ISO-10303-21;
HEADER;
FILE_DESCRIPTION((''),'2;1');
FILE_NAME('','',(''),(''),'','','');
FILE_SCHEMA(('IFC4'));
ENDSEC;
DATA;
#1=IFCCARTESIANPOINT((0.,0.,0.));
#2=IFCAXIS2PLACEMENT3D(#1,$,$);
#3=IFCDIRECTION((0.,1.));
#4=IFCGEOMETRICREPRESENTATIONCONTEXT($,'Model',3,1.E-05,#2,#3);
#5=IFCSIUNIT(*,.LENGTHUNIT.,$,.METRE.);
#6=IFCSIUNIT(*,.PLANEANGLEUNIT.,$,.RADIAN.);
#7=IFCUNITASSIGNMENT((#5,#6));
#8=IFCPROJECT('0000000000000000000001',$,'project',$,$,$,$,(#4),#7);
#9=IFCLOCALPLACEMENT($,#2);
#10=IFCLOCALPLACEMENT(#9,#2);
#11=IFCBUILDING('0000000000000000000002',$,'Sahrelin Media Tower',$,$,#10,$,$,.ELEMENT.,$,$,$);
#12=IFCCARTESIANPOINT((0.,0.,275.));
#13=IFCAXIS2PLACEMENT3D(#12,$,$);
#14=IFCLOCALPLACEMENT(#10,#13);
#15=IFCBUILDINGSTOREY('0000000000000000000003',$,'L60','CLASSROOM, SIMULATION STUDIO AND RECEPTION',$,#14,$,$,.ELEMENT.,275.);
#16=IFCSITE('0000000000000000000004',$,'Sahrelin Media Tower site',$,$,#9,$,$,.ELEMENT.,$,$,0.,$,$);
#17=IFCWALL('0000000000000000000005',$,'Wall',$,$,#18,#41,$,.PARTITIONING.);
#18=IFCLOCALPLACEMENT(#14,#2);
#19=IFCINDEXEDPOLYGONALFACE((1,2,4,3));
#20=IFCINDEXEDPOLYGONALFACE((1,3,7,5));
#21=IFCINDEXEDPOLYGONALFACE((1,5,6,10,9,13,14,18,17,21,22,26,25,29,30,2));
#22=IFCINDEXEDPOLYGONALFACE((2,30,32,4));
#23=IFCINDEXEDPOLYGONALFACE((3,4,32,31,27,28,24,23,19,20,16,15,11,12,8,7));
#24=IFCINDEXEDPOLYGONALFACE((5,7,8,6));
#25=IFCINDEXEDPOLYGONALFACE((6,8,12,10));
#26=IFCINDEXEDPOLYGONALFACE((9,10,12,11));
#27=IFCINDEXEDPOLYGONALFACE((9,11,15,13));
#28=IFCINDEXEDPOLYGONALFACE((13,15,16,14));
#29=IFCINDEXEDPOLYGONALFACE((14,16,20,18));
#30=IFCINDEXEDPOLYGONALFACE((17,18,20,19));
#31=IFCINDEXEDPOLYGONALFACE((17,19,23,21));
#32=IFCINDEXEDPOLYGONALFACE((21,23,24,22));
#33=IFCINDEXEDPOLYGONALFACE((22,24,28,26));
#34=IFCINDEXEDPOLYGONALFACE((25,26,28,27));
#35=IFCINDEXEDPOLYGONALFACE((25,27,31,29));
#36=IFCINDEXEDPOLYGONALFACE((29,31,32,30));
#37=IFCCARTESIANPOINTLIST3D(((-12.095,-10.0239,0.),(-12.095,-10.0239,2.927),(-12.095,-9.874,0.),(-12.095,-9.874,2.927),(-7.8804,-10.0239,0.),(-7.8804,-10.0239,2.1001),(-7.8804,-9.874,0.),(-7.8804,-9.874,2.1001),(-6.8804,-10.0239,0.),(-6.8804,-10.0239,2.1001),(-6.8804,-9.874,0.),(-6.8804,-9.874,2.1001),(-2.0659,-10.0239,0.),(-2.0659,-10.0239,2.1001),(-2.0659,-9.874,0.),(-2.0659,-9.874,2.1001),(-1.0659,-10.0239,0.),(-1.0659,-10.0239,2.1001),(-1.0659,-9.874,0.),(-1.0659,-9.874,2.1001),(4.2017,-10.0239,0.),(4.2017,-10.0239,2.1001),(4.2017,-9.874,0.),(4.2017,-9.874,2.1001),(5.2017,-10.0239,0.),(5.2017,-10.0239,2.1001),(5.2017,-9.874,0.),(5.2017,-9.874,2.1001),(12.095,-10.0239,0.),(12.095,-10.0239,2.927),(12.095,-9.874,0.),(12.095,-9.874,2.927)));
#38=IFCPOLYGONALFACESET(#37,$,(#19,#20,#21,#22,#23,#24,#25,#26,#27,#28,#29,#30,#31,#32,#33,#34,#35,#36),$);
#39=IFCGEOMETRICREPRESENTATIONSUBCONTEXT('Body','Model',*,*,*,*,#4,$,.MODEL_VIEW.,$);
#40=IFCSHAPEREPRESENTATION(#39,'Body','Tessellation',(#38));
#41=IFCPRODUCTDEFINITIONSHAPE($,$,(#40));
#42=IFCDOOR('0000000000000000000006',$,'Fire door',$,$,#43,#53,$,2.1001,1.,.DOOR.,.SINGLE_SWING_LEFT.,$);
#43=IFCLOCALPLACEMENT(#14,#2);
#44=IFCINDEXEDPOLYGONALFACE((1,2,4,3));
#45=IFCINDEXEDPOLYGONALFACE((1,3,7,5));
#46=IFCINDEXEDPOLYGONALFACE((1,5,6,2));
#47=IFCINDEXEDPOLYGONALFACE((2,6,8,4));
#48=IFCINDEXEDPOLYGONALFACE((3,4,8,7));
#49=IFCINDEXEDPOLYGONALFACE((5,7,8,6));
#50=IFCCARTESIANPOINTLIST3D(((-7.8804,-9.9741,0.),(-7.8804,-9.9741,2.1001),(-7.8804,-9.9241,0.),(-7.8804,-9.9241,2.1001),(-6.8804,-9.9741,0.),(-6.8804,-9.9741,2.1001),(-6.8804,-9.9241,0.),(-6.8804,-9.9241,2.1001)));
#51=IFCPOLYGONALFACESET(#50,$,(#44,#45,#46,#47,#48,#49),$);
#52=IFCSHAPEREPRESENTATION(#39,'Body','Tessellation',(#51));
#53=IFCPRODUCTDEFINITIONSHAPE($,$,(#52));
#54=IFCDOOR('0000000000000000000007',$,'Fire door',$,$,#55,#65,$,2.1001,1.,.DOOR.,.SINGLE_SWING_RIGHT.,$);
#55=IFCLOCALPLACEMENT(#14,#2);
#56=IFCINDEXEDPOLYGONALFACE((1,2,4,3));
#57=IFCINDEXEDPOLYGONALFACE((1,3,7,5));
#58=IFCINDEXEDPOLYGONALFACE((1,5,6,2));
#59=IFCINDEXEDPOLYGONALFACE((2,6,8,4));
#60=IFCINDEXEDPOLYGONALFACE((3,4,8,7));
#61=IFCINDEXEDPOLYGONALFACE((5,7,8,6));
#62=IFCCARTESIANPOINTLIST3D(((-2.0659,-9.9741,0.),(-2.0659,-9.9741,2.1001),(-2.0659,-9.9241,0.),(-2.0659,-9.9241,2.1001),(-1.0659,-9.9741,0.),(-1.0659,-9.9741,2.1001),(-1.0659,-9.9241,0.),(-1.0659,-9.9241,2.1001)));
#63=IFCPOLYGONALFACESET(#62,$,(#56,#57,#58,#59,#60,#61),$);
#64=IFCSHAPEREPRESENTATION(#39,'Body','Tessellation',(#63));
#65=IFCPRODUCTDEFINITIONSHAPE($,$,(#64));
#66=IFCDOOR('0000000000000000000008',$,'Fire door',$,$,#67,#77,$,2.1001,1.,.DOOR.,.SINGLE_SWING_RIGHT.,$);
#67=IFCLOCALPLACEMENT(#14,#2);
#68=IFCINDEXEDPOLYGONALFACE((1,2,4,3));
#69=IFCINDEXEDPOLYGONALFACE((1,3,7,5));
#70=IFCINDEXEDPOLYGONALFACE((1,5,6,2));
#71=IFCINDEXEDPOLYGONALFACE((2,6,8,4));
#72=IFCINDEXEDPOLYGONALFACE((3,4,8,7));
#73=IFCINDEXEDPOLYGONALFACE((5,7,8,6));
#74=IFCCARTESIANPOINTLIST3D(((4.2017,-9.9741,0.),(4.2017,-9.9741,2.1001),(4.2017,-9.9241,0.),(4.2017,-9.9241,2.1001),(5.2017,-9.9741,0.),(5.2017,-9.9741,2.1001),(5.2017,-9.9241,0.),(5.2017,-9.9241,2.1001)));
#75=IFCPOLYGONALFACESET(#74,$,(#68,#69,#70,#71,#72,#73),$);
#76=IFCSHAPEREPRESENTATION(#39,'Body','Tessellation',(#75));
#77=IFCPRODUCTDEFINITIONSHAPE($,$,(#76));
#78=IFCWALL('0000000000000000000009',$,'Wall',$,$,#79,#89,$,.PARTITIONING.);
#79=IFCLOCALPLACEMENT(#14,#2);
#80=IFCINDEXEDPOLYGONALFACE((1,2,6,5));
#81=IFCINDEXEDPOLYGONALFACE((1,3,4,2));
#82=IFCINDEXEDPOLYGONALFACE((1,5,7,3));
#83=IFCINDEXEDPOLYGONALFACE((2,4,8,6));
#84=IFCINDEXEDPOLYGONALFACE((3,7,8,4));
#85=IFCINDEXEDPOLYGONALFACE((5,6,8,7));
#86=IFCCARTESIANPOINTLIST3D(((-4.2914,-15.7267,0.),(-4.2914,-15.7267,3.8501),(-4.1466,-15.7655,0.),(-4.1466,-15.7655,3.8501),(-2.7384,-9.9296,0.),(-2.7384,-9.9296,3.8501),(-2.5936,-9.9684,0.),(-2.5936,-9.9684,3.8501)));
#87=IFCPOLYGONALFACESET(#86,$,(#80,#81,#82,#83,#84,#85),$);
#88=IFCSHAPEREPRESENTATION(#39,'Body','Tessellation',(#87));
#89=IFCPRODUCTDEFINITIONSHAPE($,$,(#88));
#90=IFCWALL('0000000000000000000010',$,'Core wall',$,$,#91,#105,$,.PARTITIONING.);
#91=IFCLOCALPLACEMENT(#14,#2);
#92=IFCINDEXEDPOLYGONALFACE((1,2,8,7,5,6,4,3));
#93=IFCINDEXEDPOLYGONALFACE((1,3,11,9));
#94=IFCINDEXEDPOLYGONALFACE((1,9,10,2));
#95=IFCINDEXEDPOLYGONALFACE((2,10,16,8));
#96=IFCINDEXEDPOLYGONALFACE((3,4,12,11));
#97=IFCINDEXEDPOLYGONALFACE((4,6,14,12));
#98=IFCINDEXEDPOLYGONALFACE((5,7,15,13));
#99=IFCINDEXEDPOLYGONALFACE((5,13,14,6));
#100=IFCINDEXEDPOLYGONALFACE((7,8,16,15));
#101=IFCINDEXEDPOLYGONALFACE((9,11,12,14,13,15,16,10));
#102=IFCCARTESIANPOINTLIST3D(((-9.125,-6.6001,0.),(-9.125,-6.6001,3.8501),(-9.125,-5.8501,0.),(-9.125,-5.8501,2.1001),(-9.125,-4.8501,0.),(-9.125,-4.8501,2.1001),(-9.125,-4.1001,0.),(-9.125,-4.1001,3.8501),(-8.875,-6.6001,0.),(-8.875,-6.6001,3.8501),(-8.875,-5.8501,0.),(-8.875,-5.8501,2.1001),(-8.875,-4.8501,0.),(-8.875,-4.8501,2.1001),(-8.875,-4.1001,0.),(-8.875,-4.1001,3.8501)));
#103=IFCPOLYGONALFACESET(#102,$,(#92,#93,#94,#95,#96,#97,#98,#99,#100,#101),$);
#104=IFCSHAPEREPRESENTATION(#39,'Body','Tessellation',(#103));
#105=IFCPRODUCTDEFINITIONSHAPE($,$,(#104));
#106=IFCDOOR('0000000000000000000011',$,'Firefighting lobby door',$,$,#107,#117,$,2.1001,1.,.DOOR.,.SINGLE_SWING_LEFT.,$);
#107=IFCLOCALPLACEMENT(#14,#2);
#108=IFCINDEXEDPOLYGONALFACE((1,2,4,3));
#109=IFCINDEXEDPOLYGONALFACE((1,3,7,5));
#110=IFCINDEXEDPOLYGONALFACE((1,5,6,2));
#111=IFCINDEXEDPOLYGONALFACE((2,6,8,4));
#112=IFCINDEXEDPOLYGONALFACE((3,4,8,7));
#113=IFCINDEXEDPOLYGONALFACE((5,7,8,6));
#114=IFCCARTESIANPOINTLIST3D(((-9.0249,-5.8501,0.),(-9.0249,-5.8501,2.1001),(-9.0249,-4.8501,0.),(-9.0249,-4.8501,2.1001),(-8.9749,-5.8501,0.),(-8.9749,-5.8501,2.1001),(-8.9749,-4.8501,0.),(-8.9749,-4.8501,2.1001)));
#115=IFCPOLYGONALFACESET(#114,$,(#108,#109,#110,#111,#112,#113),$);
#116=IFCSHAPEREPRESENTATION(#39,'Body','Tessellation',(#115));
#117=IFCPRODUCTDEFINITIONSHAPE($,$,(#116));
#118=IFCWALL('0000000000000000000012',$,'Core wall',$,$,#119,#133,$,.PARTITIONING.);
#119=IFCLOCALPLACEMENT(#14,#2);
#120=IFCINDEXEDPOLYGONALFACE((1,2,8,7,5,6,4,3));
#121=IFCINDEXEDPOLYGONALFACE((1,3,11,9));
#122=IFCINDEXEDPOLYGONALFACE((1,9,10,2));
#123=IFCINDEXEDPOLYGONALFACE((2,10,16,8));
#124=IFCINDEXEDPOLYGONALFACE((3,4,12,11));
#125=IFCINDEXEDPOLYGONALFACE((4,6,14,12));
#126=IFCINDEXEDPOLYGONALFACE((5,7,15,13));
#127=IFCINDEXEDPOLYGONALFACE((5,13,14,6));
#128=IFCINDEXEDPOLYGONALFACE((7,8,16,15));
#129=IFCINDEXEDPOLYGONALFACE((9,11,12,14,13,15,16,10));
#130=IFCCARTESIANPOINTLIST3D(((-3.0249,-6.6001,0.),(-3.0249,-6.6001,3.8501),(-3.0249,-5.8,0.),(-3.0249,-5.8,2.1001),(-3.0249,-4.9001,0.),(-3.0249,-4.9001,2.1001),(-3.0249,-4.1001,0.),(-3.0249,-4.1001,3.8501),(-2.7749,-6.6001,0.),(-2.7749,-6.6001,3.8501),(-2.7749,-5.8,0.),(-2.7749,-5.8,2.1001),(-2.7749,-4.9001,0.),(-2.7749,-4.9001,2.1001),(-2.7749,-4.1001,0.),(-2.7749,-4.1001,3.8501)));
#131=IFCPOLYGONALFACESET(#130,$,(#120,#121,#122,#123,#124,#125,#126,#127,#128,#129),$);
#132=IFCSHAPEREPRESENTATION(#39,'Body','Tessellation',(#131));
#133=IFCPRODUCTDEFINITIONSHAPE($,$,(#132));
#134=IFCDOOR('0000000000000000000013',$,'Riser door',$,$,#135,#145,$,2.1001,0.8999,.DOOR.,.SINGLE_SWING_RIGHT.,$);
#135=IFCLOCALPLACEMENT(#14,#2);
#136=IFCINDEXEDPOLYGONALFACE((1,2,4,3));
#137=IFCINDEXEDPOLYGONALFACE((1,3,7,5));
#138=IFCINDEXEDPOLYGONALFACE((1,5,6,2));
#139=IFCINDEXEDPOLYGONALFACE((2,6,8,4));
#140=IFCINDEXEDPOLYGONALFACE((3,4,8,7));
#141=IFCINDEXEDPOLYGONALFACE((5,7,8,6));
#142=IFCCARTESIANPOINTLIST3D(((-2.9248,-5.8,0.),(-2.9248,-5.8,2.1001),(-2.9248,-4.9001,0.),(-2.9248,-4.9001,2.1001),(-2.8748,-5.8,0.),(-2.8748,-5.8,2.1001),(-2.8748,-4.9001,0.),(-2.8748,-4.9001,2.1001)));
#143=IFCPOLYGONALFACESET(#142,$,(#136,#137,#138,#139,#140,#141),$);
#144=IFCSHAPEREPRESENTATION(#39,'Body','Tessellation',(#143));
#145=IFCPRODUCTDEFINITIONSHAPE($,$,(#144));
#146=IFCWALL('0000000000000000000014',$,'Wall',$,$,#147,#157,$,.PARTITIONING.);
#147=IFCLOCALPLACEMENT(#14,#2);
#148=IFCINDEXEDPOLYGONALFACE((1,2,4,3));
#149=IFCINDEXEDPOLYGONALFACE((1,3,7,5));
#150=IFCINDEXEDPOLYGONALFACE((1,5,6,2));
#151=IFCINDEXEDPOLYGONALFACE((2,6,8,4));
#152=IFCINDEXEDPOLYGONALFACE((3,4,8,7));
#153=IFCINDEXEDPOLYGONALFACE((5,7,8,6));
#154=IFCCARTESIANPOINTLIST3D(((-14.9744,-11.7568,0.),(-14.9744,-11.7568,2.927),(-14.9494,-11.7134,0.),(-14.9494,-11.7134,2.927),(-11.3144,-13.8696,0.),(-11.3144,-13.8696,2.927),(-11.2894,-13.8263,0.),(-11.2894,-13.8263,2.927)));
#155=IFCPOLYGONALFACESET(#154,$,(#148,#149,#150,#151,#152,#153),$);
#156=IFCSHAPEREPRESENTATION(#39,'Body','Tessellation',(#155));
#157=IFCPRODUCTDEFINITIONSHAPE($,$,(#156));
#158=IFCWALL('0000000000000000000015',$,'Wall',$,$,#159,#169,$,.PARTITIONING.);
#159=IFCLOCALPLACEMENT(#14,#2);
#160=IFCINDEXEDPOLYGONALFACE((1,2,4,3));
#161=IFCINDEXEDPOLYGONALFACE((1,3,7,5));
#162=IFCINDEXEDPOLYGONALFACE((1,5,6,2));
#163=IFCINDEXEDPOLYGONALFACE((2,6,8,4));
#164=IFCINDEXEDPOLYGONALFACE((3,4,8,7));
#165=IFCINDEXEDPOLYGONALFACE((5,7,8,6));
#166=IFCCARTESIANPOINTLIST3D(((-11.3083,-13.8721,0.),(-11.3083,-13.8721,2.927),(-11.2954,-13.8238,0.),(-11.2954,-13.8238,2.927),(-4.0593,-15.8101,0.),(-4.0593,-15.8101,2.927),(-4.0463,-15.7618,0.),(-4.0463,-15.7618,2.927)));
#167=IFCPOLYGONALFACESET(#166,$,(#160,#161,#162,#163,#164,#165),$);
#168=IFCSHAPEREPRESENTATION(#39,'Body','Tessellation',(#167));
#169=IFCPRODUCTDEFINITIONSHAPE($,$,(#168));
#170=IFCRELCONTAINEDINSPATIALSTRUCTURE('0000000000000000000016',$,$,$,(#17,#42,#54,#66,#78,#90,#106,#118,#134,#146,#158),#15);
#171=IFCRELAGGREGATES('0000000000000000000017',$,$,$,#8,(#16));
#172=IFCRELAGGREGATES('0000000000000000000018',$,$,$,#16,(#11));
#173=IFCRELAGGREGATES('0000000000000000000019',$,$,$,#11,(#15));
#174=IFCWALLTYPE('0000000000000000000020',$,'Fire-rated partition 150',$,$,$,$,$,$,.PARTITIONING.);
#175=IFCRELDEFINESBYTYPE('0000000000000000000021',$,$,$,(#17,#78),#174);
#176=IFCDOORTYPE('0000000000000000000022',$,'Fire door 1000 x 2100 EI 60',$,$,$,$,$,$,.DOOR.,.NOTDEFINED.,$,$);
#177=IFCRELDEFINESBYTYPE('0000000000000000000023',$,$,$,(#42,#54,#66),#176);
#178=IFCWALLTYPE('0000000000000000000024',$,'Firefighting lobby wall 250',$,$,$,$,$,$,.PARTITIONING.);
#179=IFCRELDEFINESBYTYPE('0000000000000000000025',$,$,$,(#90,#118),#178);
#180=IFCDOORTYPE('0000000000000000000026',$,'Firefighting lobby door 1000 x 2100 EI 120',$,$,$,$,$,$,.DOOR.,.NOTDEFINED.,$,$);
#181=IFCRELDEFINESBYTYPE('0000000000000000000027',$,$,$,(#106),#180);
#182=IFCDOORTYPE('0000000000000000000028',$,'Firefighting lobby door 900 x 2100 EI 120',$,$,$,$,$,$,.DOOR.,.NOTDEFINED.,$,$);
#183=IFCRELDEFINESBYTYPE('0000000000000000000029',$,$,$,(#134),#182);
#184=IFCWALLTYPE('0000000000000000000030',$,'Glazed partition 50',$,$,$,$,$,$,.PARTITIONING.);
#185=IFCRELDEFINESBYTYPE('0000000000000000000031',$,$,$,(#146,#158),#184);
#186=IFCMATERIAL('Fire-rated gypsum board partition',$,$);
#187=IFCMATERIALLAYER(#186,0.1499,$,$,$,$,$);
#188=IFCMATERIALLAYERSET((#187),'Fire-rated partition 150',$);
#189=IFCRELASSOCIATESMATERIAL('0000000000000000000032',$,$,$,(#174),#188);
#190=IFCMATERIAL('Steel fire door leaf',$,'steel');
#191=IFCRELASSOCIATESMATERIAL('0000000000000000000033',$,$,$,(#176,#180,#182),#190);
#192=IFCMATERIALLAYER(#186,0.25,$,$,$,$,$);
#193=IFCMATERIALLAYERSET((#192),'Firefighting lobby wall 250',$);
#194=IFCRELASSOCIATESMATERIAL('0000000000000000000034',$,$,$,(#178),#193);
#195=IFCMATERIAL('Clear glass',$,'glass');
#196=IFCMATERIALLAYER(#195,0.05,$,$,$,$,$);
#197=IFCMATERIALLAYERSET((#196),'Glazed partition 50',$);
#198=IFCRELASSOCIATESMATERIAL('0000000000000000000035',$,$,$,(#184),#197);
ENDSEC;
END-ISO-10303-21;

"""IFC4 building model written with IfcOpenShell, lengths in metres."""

from ifc_helpers import new_model, si_unit, direction, frame, frame_2d, origin, place, context, subcontext, project, spatial, rectangle, extrude, material, layer, layer_set, type_object, element, fill, save


model = new_model("IFC4")

# Units and contexts
model_context = context("Model", 3, precision=1e-05, world=origin(), true_north=direction((0.0, 1.0)))
body_context = subcontext(model_context, "Body", "Model", "MODEL_VIEW")
ifc_project = project(units=[si_unit("LENGTHUNIT", "METRE"), si_unit("PLANEANGLEUNIT", "RADIAN")], contexts=[model_context])

# Site, building, storey
site_placement = place(None, origin())
site = spatial("IfcSite", under=ifc_project, at=site_placement, Name="Sahrelin Media Tower site", CompositionType="ELEMENT", RefElevation=0.0)
building_placement = place(site_placement, origin())
building = spatial("IfcBuilding", under=site, at=building_placement, Name="Sahrelin Media Tower", CompositionType="ELEMENT")
storey_placement = place(building_placement, frame((0.0, 0.0, 275.0)))
storey = spatial("IfcBuildingStorey", under=building, at=storey_placement, Name="L60", Description="CLASSROOM, SIMULATION STUDIO AND RECEPTION", CompositionType="ELEMENT", Elevation=275.0)

# Wall, openings, doors
ifc_material_1 = material(Name="Fire-rated gypsum board partition")
ifc_layer_1 = layer(ifc_material_1, 0.1499)
ifc_layer_set_1 = layer_set([ifc_layer_1], Name="Fire-rated partition 150")
wall_type_1 = type_object("IfcWallType", Name="Fire-rated partition 150", PredefinedType="PARTITIONING", material=ifc_layer_set_1)
wall_1_placement = place(storey_placement, frame((-12.095, -9.949, 0.0), z_axis=(0.0, 0.0, 1.0), x_axis=(1.0, 0.0, 0.0)))
wall_1 = element("IfcWall", 1, at=wall_1_placement, inside=storey, type_object=wall_type_1, Name="Wall", PredefinedType="PARTITIONING", context=body_context, shape_type="SweptSolid", body=[
    extrude(rectangle(XDim=24.1899, YDim=0.1499, at=frame_2d((12.095, 0.0))), origin(), (0.0, 0.0, 1.0), 2.927),
])
opening_1_placement = place(wall_1_placement, frame((4.2146, 0.0, 0.0)))
opening_1 = element("IfcOpeningElement", 2, at=opening_1_placement, cuts=wall_1, PredefinedType="OPENING", context=body_context, shape_type="SweptSolid", body=[
    extrude(rectangle(XDim=1.0, YDim=2.1001, at=frame_2d((0.5, 1.05))), frame((0.0, 0.075, 0.0), z_axis=(0.0, -1.0, 0.0), x_axis=(1.0, 0.0, 0.0)), (0.0, 0.0, 1.0), 0.1499),
])
opening_2_placement = place(wall_1_placement, frame((10.0291, 0.0, 0.0)))
opening_2 = element("IfcOpeningElement", 3, at=opening_2_placement, cuts=wall_1, PredefinedType="OPENING", context=body_context, shape_type="SweptSolid", body=[
    extrude(rectangle(XDim=1.0, YDim=2.1001, at=frame_2d((0.5, 1.05))), frame((0.0, 0.075, 0.0), z_axis=(0.0, -1.0, 0.0), x_axis=(1.0, 0.0, 0.0)), (0.0, 0.0, 1.0), 0.1499),
])
opening_3_placement = place(wall_1_placement, frame((16.2966, 0.0, 0.0)))
opening_3 = element("IfcOpeningElement", 4, at=opening_3_placement, cuts=wall_1, PredefinedType="OPENING", context=body_context, shape_type="SweptSolid", body=[
    extrude(rectangle(XDim=1.0, YDim=2.1001, at=frame_2d((0.5, 1.05))), frame((0.0, 0.075, 0.0), z_axis=(0.0, -1.0, 0.0), x_axis=(1.0, 0.0, 0.0)), (0.0, 0.0, 1.0), 0.1499),
])
ifc_material_2 = material(Name="Steel fire door leaf", Category="steel")
door_type_1 = type_object("IfcDoorType", Name="Fire door 1000 x 2100 EI 60", OperationType="NOTDEFINED", PredefinedType="DOOR", material=ifc_material_2)
door_1_placement = place(opening_1_placement, origin())
door_1 = element("IfcDoor", 5, at=door_1_placement, inside=storey, type_object=door_type_1, Name="Fire door", OperationType="SINGLE_SWING_LEFT", OverallHeight=2.1001, OverallWidth=1.0, PredefinedType="DOOR", context=body_context, shape_type="SweptSolid", body=[
    extrude(rectangle(XDim=1.0, YDim=2.1001, at=frame_2d((0.5, 1.05))), frame((0.0, 0.0249, 0.0), z_axis=(0.0, -1.0, 0.0), x_axis=(1.0, 0.0, 0.0)), (0.0, 0.0, 1.0), 0.05),
])
fill(opening_1, door_1)
door_2_placement = place(opening_2_placement, origin())
door_2 = element("IfcDoor", 6, at=door_2_placement, inside=storey, type_object=door_type_1, Name="Fire door", OperationType="SINGLE_SWING_RIGHT", OverallHeight=2.1001, OverallWidth=1.0, PredefinedType="DOOR", context=body_context, shape_type="SweptSolid", body=[
    extrude(rectangle(XDim=1.0, YDim=2.1001, at=frame_2d((0.5, 1.05))), frame((0.0, 0.0249, 0.0), z_axis=(0.0, -1.0, 0.0), x_axis=(1.0, 0.0, 0.0)), (0.0, 0.0, 1.0), 0.05),
])
fill(opening_2, door_2)
door_3_placement = place(opening_3_placement, origin())
door_3 = element("IfcDoor", 7, at=door_3_placement, inside=storey, type_object=door_type_1, Name="Fire door", OperationType="SINGLE_SWING_RIGHT", OverallHeight=2.1001, OverallWidth=1.0, PredefinedType="DOOR", context=body_context, shape_type="SweptSolid", body=[
    extrude(rectangle(XDim=1.0, YDim=2.1001, at=frame_2d((0.5, 1.05))), frame((0.0, 0.0249, 0.0), z_axis=(0.0, -1.0, 0.0), x_axis=(1.0, 0.0, 0.0)), (0.0, 0.0, 1.0), 0.05),
])
fill(opening_3, door_3)

# Wall
wall_2_placement = place(storey_placement, frame((-4.219, -15.7461, 0.0), z_axis=(0.0, 0.0, 1.0), x_axis=(0.258764, 0.965941, 0.0)))
element("IfcWall", 8, at=wall_2_placement, inside=storey, type_object=wall_type_1, Name="Wall", PredefinedType="PARTITIONING", context=body_context, shape_type="SweptSolid", body=[
    extrude(rectangle(XDim=6.0015, YDim=0.1499, at=frame_2d((3.0007, 0.0))), origin(), (0.0, 0.0, 1.0), 3.8501),
])

# Walls, openings, doors
ifc_layer_2 = layer(ifc_material_1, 0.25)
ifc_layer_set_2 = layer_set([ifc_layer_2], Name="Firefighting lobby wall 250")
wall_type_2 = type_object("IfcWallType", Name="Firefighting lobby wall 250", PredefinedType="PARTITIONING", material=ifc_layer_set_2)
wall_3_placement = place(storey_placement, frame((-9.0, -6.6001, 0.0), z_axis=(0.0, 0.0, 1.0), x_axis=(0.0, 1.0, 0.0)))
wall_3 = element("IfcWall", 9, at=wall_3_placement, inside=storey, type_object=wall_type_2, Name="Core wall", PredefinedType="PARTITIONING", context=body_context, shape_type="SweptSolid", body=[
    extrude(rectangle(XDim=2.5, YDim=0.25, at=frame_2d((1.25, 0.0))), origin(), (0.0, 0.0, 1.0), 3.8501),
])
opening_4_placement = place(wall_3_placement, frame((0.75, 0.0, 0.0)))
opening_4 = element("IfcOpeningElement", 10, at=opening_4_placement, cuts=wall_3, PredefinedType="OPENING", context=body_context, shape_type="SweptSolid", body=[
    extrude(rectangle(XDim=1.0, YDim=2.1001, at=frame_2d((0.5, 1.05))), frame((0.0, 0.125, 0.0), z_axis=(0.0, -1.0, 0.0), x_axis=(1.0, 0.0, 0.0)), (0.0, 0.0, 1.0), 0.25),
])
door_type_2 = type_object("IfcDoorType", Name="Firefighting lobby door 1000 x 2100 EI 120", OperationType="NOTDEFINED", PredefinedType="DOOR", material=ifc_material_2)
door_4_placement = place(opening_4_placement, origin())
door_4 = element("IfcDoor", 11, at=door_4_placement, inside=storey, type_object=door_type_2, Name="Firefighting lobby door", OperationType="SINGLE_SWING_LEFT", OverallHeight=2.1001, OverallWidth=1.0, PredefinedType="DOOR", context=body_context, shape_type="SweptSolid", body=[
    extrude(rectangle(XDim=1.0, YDim=2.1001, at=frame_2d((0.5, 1.05))), frame((0.0, 0.0249, 0.0), z_axis=(0.0, -1.0, 0.0), x_axis=(1.0, 0.0, 0.0)), (0.0, 0.0, 1.0), 0.05),
])
fill(opening_4, door_4)
wall_4_placement = place(storey_placement, frame((-2.8999, -6.6001, 0.0), z_axis=(0.0, 0.0, 1.0), x_axis=(0.0, 1.0, 0.0)))
wall_4 = element("IfcWall", 12, at=wall_4_placement, inside=storey, type_object=wall_type_2, Name="Core wall", PredefinedType="PARTITIONING", context=body_context, shape_type="SweptSolid", body=[
    extrude(rectangle(XDim=2.5, YDim=0.25, at=frame_2d((1.25, 0.0))), origin(), (0.0, 0.0, 1.0), 3.8501),
])
opening_5_placement = place(wall_4_placement, frame((0.8, 0.0, 0.0)))
opening_5 = element("IfcOpeningElement", 13, at=opening_5_placement, cuts=wall_4, PredefinedType="OPENING", context=body_context, shape_type="SweptSolid", body=[
    extrude(rectangle(XDim=0.8999, YDim=2.1001, at=frame_2d((0.45, 1.05))), frame((0.0, 0.125, 0.0), z_axis=(0.0, -1.0, 0.0), x_axis=(1.0, 0.0, 0.0)), (0.0, 0.0, 1.0), 0.25),
])
door_type_3 = type_object("IfcDoorType", Name="Firefighting lobby door 900 x 2100 EI 120", OperationType="NOTDEFINED", PredefinedType="DOOR", material=ifc_material_2)
door_5_placement = place(opening_5_placement, origin())
door_5 = element("IfcDoor", 14, at=door_5_placement, inside=storey, type_object=door_type_3, Name="Riser door", OperationType="SINGLE_SWING_RIGHT", OverallHeight=2.1001, OverallWidth=0.8999, PredefinedType="DOOR", context=body_context, shape_type="SweptSolid", body=[
    extrude(rectangle(XDim=0.8999, YDim=2.1001, at=frame_2d((0.45, 1.05))), frame((0.0, 0.0249, 0.0), z_axis=(0.0, -1.0, 0.0), x_axis=(1.0, 0.0, 0.0)), (0.0, 0.0, 1.0), 0.05),
])
fill(opening_5, door_5)

# Walls
ifc_material_3 = material(Name="Clear glass", Category="glass")
ifc_layer_3 = layer(ifc_material_3, 0.05)
ifc_layer_set_3 = layer_set([ifc_layer_3], Name="Glazed partition 50")
wall_type_3 = type_object("IfcWallType", Name="Glazed partition 50", PredefinedType="PARTITIONING", material=ifc_layer_set_3)
wall_5_placement = place(storey_placement, frame((-14.9619, -11.7351, 0.0), z_axis=(0.0, 0.0, 1.0), x_axis=(0.866052, -0.499954, 0.0)))
element("IfcWall", 15, at=wall_5_placement, inside=storey, type_object=wall_type_3, Name="Wall", PredefinedType="PARTITIONING", context=body_context, shape_type="SweptSolid", body=[
    extrude(rectangle(XDim=4.2261, YDim=0.05, at=frame_2d((2.113, 0.0))), origin(), (0.0, 0.0, 1.0), 2.927),
])
wall_6_placement = place(storey_placement, frame((-11.302, -13.8479, 0.0), z_axis=(0.0, 0.0, 1.0), x_axis=(0.966072, -0.258274, 0.0)))
element("IfcWall", 16, at=wall_6_placement, inside=storey, type_object=wall_type_3, Name="Wall", PredefinedType="PARTITIONING", context=body_context, shape_type="SweptSolid", body=[
    extrude(rectangle(XDim=7.5037, YDim=0.05, at=frame_2d((3.752, 0.0))), origin(), (0.0, 0.0, 1.0), 2.927),
])

save(model, "model.ifc")
